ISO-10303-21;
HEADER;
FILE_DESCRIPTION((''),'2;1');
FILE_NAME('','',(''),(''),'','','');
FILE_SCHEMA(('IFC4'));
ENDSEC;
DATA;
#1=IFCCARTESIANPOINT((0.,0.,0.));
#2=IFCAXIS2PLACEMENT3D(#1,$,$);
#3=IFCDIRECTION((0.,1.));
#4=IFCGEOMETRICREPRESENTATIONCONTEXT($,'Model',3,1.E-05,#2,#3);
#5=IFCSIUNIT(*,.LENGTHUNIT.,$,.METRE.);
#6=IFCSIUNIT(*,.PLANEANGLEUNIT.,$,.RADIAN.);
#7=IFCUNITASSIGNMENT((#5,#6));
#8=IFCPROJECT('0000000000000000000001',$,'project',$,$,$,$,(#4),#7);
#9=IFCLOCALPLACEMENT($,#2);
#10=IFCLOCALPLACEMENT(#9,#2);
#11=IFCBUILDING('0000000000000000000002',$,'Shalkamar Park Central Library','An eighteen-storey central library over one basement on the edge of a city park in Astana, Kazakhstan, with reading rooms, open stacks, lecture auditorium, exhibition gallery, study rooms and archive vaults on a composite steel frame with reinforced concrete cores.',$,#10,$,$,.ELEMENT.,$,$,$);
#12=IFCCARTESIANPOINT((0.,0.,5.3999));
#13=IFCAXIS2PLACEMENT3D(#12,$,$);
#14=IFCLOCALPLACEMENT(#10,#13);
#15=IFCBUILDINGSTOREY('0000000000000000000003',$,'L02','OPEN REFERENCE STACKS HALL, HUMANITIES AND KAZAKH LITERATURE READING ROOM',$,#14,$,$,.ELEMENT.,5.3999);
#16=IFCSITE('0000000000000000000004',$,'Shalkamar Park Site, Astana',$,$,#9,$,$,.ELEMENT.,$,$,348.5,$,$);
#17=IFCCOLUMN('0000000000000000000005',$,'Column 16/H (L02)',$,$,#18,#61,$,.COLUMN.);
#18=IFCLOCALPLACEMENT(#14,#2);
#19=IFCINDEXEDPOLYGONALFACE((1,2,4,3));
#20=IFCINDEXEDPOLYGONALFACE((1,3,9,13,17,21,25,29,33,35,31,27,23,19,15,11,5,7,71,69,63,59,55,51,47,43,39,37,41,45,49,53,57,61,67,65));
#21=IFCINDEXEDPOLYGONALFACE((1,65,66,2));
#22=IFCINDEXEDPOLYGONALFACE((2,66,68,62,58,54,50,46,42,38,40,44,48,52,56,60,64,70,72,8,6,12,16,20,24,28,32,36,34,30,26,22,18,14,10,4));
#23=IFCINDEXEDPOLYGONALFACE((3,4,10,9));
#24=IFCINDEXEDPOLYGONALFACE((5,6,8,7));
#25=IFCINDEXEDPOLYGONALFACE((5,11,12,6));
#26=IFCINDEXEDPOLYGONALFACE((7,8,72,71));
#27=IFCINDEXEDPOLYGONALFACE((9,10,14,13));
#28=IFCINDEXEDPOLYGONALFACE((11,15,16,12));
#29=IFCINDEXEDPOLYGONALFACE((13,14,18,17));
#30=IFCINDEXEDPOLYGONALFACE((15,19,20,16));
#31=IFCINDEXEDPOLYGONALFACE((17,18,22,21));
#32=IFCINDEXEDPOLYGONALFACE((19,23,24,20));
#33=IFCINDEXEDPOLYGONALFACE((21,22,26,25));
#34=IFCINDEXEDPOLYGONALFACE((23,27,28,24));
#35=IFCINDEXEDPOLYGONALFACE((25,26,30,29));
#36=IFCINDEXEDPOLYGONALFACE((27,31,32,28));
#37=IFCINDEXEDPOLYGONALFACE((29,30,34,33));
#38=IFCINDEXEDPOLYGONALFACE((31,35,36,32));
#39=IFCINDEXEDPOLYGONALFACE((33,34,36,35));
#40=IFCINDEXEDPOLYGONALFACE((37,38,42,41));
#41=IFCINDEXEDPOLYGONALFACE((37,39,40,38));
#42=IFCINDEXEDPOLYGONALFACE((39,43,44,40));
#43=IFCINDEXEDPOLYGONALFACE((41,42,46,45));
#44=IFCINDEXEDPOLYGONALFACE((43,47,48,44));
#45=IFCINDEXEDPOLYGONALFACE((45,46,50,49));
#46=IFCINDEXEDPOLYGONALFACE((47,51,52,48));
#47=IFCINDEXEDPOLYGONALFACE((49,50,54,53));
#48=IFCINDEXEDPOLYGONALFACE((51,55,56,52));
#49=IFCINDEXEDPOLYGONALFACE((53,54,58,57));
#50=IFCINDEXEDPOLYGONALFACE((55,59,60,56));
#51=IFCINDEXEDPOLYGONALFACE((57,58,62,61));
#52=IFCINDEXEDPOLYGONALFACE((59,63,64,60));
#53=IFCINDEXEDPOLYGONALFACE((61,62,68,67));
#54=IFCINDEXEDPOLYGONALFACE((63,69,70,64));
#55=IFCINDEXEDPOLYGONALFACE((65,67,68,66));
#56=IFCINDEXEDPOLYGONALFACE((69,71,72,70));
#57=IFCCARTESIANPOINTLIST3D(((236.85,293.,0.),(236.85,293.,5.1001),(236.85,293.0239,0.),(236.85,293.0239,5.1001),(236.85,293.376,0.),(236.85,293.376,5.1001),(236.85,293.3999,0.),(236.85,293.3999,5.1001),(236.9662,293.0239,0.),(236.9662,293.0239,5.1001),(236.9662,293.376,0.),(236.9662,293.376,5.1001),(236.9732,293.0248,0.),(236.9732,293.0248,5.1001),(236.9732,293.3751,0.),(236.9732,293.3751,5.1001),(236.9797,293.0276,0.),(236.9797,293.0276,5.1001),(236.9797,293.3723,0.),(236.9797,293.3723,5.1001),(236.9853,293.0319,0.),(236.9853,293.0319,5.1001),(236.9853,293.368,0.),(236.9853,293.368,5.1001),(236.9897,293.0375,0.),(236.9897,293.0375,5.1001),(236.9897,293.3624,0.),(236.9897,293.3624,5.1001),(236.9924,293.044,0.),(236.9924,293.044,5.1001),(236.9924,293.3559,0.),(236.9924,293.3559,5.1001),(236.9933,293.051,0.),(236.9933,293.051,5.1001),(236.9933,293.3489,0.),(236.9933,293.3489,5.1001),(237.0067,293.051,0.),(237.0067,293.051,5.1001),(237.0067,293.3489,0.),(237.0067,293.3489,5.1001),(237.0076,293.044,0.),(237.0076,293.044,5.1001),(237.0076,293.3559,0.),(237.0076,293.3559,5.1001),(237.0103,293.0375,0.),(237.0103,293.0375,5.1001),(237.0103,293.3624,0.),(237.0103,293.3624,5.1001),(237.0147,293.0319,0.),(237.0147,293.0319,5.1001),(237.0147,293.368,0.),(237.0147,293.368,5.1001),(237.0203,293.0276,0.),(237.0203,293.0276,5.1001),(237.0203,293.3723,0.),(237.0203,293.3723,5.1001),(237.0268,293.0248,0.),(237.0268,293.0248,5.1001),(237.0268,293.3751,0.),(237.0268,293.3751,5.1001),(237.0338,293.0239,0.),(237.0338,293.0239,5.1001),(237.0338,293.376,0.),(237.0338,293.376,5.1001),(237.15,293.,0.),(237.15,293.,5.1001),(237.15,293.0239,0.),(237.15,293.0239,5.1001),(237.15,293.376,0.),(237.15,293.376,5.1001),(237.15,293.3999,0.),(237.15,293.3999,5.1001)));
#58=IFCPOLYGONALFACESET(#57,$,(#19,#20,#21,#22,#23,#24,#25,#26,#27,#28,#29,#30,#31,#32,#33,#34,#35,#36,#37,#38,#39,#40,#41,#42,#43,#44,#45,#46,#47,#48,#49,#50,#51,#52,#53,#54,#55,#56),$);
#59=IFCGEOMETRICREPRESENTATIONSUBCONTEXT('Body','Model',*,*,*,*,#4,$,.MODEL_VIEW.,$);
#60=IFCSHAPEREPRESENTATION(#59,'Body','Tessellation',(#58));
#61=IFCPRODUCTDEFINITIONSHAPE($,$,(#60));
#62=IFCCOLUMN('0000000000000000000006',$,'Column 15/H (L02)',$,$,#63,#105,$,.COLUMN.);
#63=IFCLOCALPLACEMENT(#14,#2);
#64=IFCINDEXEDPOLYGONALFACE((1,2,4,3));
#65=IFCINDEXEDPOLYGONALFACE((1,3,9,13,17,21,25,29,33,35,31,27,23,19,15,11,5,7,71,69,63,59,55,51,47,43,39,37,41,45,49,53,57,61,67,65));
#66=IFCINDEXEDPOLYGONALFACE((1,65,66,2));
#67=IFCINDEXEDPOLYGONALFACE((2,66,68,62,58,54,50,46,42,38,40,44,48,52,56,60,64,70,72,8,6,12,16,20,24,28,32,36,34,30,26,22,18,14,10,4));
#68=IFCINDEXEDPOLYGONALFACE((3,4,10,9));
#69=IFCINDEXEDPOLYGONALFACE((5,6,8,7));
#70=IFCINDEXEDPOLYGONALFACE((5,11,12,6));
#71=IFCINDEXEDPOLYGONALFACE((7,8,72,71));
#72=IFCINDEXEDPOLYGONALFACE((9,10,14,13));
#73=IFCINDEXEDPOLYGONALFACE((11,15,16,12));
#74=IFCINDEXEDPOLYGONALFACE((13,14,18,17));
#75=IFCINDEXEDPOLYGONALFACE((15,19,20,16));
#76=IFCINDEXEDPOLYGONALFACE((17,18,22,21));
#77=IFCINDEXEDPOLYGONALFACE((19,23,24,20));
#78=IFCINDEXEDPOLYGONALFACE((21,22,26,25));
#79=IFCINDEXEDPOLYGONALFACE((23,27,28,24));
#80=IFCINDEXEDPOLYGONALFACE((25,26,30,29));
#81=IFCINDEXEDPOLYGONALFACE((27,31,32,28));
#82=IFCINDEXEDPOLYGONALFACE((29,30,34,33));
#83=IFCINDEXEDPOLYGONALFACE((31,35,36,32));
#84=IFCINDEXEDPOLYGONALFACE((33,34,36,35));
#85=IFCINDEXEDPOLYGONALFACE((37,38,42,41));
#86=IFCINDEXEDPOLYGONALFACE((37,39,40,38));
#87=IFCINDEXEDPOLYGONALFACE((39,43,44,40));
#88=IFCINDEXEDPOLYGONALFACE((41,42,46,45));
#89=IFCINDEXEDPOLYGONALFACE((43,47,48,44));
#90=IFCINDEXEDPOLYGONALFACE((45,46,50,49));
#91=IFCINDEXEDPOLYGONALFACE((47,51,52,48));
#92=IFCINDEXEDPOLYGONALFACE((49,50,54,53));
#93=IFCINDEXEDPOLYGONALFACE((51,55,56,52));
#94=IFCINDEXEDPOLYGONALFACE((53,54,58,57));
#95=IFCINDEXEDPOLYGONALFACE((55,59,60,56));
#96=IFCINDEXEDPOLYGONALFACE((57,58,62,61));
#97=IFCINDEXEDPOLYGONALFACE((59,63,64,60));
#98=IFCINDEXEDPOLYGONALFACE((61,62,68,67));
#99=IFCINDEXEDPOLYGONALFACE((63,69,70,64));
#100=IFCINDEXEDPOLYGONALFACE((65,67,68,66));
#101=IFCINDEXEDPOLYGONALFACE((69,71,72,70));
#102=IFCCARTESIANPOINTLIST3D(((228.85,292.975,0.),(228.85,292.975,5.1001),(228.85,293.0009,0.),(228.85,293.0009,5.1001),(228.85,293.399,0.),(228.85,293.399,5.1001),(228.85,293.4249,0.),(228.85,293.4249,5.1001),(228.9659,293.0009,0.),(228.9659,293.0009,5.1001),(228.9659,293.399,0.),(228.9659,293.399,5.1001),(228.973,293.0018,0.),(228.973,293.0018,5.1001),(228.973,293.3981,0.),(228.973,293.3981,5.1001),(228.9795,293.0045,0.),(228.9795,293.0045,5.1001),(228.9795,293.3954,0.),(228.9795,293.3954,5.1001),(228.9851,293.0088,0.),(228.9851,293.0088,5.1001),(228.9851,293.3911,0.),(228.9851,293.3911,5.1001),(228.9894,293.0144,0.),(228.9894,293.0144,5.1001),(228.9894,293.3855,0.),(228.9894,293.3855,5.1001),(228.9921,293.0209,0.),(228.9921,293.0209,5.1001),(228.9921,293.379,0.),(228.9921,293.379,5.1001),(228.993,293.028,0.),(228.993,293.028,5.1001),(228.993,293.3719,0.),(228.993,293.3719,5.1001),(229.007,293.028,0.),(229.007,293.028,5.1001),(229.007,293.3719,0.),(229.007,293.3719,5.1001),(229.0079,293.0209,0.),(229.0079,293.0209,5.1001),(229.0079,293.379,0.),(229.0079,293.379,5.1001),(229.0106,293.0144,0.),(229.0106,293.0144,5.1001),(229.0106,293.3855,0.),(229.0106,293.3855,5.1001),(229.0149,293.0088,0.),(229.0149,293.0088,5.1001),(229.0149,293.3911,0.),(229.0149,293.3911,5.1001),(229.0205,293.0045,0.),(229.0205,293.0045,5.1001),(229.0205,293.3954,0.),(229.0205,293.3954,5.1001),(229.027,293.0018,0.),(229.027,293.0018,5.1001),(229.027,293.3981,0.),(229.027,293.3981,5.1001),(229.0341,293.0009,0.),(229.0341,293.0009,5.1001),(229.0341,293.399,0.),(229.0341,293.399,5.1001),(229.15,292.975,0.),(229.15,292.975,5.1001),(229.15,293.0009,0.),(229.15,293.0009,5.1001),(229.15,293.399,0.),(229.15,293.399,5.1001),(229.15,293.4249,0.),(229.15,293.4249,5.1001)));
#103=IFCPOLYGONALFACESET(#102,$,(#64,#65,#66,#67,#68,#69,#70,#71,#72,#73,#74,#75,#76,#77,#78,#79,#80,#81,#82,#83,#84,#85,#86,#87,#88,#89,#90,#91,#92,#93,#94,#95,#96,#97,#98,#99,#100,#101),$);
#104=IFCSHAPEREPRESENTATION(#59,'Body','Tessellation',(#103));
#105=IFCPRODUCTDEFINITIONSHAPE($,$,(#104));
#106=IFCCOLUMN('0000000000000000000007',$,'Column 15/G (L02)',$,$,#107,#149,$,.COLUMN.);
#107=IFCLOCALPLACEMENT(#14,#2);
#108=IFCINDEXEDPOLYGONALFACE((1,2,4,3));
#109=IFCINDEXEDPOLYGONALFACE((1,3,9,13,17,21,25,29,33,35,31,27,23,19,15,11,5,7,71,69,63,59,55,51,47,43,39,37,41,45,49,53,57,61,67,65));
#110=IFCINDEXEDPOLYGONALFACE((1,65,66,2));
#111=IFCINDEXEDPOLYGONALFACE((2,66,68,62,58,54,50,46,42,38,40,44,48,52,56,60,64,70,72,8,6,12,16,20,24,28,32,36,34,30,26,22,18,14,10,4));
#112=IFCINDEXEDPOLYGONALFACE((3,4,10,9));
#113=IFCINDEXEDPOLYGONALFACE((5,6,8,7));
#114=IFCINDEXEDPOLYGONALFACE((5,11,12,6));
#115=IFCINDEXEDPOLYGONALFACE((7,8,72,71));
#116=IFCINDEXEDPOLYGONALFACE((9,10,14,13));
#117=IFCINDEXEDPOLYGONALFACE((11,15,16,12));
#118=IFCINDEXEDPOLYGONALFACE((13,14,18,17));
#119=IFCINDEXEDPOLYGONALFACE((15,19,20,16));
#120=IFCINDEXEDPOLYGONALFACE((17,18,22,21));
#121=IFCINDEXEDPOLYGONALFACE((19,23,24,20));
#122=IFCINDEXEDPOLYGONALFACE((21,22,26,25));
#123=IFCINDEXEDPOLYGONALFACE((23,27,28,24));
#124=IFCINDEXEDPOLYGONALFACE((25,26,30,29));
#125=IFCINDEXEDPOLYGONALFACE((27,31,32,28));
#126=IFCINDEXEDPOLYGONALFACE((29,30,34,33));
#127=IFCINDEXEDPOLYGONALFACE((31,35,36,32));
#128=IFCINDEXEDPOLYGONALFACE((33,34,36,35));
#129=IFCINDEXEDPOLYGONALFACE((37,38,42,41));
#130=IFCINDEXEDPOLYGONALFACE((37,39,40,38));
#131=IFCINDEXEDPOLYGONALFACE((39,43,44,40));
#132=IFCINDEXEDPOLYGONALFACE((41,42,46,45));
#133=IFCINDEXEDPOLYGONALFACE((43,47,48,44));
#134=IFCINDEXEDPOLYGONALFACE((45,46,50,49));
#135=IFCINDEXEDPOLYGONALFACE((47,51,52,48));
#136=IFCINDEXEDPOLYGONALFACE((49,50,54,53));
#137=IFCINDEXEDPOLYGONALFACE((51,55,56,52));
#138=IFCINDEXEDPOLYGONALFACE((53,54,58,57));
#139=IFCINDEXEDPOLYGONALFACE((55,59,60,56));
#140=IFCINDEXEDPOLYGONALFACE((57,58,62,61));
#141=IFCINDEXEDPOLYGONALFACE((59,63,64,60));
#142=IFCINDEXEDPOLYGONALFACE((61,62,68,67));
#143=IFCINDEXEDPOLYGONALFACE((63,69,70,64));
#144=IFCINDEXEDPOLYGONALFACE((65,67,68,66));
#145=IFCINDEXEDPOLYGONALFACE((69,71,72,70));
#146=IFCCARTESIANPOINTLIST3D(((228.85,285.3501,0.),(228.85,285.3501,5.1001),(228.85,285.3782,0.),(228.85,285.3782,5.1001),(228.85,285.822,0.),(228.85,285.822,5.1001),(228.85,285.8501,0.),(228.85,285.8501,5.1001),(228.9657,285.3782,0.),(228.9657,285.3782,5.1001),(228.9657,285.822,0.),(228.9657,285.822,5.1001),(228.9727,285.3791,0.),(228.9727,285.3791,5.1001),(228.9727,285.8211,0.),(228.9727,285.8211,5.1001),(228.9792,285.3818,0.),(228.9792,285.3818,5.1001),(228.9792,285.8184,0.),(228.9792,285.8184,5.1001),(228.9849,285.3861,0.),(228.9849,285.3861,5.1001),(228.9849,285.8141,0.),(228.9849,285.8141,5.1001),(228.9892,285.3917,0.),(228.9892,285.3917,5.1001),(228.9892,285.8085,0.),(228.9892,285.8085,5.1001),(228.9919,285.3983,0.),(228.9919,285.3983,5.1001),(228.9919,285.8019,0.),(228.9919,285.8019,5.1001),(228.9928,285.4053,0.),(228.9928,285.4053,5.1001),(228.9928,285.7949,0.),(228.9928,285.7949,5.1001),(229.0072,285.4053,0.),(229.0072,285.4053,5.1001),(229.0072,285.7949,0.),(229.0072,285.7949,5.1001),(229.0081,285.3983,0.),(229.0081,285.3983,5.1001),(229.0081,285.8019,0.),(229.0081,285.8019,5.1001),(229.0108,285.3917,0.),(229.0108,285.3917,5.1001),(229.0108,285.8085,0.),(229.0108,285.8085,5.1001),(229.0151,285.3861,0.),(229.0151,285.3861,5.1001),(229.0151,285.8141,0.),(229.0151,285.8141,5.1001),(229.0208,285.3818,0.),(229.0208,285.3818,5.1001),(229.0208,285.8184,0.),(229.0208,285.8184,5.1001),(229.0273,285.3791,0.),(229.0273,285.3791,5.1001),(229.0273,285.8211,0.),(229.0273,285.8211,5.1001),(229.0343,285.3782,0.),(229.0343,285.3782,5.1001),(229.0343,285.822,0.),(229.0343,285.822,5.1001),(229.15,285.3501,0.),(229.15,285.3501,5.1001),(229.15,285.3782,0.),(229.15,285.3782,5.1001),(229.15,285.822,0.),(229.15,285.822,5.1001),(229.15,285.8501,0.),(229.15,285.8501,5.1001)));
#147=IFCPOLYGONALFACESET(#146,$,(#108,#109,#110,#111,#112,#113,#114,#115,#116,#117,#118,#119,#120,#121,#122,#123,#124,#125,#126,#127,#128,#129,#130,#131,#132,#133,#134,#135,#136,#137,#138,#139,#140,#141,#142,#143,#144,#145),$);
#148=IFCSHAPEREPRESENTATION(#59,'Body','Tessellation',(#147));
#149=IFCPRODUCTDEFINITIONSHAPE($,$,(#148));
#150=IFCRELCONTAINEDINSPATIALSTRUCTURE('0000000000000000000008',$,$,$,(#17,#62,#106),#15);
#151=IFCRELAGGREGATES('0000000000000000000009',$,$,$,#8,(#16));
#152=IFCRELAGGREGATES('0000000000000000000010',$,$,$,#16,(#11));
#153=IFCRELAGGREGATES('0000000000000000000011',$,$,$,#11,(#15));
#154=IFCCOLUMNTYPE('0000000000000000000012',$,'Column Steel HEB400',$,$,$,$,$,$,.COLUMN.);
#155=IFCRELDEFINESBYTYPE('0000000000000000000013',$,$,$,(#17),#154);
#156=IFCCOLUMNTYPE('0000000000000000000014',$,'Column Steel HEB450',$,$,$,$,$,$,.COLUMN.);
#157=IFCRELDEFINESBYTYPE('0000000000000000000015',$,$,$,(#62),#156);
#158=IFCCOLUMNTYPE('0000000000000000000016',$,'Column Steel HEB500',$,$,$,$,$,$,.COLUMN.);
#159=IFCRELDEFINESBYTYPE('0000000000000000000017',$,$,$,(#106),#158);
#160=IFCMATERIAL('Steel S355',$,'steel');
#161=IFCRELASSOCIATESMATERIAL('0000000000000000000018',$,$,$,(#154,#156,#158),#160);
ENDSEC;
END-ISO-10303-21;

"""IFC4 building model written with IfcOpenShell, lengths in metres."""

from ifc_helpers import new_model, si_unit, direction, frame, origin, origin_2d, place, context, subcontext, project, spatial, i_section, extrude, material, material_profile, profile_set, type_object, element, save


model = new_model("IFC4")

# Units and contexts
model_context = context("Model", 3, precision=1e-05, world=origin(), true_north=direction((0.0, 1.0)))
body_context = subcontext(model_context, "Body", "Model", "MODEL_VIEW")
ifc_project = project(units=[si_unit("LENGTHUNIT", "METRE"), si_unit("PLANEANGLEUNIT", "RADIAN")], contexts=[model_context])

# Site, building, storey
site_placement = place(None, origin())
site = spatial("IfcSite", under=ifc_project, at=site_placement, Name="Shalkamar Park Site, Astana", CompositionType="ELEMENT", RefElevation=348.5)
building_placement = place(site_placement, origin())
building = spatial("IfcBuilding", under=site, at=building_placement, Name="Shalkamar Park Central Library", Description="An eighteen-storey central library over one basement on the edge of a city park in Astana, Kazakhstan, with reading rooms, open stacks, lecture auditorium, exhibition gallery, study rooms and archive vaults on a composite steel frame with reinforced concrete cores.", CompositionType="ELEMENT")
storey_placement = place(building_placement, frame((0.0, 0.0, 5.3999)))
storey = spatial("IfcBuildingStorey", under=building, at=storey_placement, Name="L02", Description="OPEN REFERENCE STACKS HALL, HUMANITIES AND KAZAKH LITERATURE READING ROOM", CompositionType="ELEMENT", Elevation=5.3999)

# Columns
ifc_material_1 = material(Name="Steel S355", Category="steel")
ifc_material_profile_1 = material_profile(ifc_material_1, i_section(OverallWidth=0.3, OverallDepth=0.3999, WebThickness=0.0134, FlangeThickness=0.0239, FilletRadius=0.0271, at=origin_2d()), Name="HEB 400")
ifc_profile_set_1 = profile_set([ifc_material_profile_1], Name="Steel S355")
column_type_1 = type_object("IfcColumnType", Name="Column Steel HEB400", PredefinedType="COLUMN", material=ifc_profile_set_1)
column_1_placement = place(storey_placement, frame((237.0, 293.2, 0.0), z_axis=(0.0, 0.0, 1.0), x_axis=(1.0, 0.0, 0.0)))
element("IfcColumn", 1, at=column_1_placement, inside=storey, type_object=column_type_1, Name="Column 16/H (L02)", PredefinedType="COLUMN", context=body_context, shape_type="SweptSolid", body=[
    extrude(i_section(OverallWidth=0.3, OverallDepth=0.3999, WebThickness=0.0134, FlangeThickness=0.0239, FilletRadius=0.0271, at=origin_2d()), origin(), (0.0, 0.0, 1.0), 5.1001),
])
ifc_material_profile_2 = material_profile(ifc_material_1, i_section(OverallWidth=0.3, OverallDepth=0.45, WebThickness=0.0139, FlangeThickness=0.0259, FilletRadius=0.0271, at=origin_2d()), Name="HEB 450")
ifc_profile_set_2 = profile_set([ifc_material_profile_2], Name="Steel S355")
column_type_2 = type_object("IfcColumnType", Name="Column Steel HEB450", PredefinedType="COLUMN", material=ifc_profile_set_2)
column_2_placement = place(storey_placement, frame((229.0, 293.2, 0.0), z_axis=(0.0, 0.0, 1.0), x_axis=(1.0, 0.0, 0.0)))
element("IfcColumn", 2, at=column_2_placement, inside=storey, type_object=column_type_2, Name="Column 15/H (L02)", PredefinedType="COLUMN", context=body_context, shape_type="SweptSolid", body=[
    extrude(i_section(OverallWidth=0.3, OverallDepth=0.45, WebThickness=0.0139, FlangeThickness=0.0259, FilletRadius=0.0271, at=origin_2d()), origin(), (0.0, 0.0, 1.0), 5.1001),
])
ifc_material_profile_3 = material_profile(ifc_material_1, i_section(OverallWidth=0.3, OverallDepth=0.5, WebThickness=0.0144, FlangeThickness=0.0281, FilletRadius=0.0271, at=origin_2d()), Name="HEB 500")
ifc_profile_set_3 = profile_set([ifc_material_profile_3], Name="Steel S355")
column_type_3 = type_object("IfcColumnType", Name="Column Steel HEB500", PredefinedType="COLUMN", material=ifc_profile_set_3)
column_3_placement = place(storey_placement, frame((229.0, 285.6001, 0.0), z_axis=(0.0, 0.0, 1.0), x_axis=(1.0, 0.0, 0.0)))
element("IfcColumn", 3, at=column_3_placement, inside=storey, type_object=column_type_3, Name="Column 15/G (L02)", PredefinedType="COLUMN", context=body_context, shape_type="SweptSolid", body=[
    extrude(i_section(OverallWidth=0.3, OverallDepth=0.5, WebThickness=0.0144, FlangeThickness=0.0281, FilletRadius=0.0271, at=origin_2d()), origin(), (0.0, 0.0, 1.0), 5.1001),
])

save(model, "model.ifc")
